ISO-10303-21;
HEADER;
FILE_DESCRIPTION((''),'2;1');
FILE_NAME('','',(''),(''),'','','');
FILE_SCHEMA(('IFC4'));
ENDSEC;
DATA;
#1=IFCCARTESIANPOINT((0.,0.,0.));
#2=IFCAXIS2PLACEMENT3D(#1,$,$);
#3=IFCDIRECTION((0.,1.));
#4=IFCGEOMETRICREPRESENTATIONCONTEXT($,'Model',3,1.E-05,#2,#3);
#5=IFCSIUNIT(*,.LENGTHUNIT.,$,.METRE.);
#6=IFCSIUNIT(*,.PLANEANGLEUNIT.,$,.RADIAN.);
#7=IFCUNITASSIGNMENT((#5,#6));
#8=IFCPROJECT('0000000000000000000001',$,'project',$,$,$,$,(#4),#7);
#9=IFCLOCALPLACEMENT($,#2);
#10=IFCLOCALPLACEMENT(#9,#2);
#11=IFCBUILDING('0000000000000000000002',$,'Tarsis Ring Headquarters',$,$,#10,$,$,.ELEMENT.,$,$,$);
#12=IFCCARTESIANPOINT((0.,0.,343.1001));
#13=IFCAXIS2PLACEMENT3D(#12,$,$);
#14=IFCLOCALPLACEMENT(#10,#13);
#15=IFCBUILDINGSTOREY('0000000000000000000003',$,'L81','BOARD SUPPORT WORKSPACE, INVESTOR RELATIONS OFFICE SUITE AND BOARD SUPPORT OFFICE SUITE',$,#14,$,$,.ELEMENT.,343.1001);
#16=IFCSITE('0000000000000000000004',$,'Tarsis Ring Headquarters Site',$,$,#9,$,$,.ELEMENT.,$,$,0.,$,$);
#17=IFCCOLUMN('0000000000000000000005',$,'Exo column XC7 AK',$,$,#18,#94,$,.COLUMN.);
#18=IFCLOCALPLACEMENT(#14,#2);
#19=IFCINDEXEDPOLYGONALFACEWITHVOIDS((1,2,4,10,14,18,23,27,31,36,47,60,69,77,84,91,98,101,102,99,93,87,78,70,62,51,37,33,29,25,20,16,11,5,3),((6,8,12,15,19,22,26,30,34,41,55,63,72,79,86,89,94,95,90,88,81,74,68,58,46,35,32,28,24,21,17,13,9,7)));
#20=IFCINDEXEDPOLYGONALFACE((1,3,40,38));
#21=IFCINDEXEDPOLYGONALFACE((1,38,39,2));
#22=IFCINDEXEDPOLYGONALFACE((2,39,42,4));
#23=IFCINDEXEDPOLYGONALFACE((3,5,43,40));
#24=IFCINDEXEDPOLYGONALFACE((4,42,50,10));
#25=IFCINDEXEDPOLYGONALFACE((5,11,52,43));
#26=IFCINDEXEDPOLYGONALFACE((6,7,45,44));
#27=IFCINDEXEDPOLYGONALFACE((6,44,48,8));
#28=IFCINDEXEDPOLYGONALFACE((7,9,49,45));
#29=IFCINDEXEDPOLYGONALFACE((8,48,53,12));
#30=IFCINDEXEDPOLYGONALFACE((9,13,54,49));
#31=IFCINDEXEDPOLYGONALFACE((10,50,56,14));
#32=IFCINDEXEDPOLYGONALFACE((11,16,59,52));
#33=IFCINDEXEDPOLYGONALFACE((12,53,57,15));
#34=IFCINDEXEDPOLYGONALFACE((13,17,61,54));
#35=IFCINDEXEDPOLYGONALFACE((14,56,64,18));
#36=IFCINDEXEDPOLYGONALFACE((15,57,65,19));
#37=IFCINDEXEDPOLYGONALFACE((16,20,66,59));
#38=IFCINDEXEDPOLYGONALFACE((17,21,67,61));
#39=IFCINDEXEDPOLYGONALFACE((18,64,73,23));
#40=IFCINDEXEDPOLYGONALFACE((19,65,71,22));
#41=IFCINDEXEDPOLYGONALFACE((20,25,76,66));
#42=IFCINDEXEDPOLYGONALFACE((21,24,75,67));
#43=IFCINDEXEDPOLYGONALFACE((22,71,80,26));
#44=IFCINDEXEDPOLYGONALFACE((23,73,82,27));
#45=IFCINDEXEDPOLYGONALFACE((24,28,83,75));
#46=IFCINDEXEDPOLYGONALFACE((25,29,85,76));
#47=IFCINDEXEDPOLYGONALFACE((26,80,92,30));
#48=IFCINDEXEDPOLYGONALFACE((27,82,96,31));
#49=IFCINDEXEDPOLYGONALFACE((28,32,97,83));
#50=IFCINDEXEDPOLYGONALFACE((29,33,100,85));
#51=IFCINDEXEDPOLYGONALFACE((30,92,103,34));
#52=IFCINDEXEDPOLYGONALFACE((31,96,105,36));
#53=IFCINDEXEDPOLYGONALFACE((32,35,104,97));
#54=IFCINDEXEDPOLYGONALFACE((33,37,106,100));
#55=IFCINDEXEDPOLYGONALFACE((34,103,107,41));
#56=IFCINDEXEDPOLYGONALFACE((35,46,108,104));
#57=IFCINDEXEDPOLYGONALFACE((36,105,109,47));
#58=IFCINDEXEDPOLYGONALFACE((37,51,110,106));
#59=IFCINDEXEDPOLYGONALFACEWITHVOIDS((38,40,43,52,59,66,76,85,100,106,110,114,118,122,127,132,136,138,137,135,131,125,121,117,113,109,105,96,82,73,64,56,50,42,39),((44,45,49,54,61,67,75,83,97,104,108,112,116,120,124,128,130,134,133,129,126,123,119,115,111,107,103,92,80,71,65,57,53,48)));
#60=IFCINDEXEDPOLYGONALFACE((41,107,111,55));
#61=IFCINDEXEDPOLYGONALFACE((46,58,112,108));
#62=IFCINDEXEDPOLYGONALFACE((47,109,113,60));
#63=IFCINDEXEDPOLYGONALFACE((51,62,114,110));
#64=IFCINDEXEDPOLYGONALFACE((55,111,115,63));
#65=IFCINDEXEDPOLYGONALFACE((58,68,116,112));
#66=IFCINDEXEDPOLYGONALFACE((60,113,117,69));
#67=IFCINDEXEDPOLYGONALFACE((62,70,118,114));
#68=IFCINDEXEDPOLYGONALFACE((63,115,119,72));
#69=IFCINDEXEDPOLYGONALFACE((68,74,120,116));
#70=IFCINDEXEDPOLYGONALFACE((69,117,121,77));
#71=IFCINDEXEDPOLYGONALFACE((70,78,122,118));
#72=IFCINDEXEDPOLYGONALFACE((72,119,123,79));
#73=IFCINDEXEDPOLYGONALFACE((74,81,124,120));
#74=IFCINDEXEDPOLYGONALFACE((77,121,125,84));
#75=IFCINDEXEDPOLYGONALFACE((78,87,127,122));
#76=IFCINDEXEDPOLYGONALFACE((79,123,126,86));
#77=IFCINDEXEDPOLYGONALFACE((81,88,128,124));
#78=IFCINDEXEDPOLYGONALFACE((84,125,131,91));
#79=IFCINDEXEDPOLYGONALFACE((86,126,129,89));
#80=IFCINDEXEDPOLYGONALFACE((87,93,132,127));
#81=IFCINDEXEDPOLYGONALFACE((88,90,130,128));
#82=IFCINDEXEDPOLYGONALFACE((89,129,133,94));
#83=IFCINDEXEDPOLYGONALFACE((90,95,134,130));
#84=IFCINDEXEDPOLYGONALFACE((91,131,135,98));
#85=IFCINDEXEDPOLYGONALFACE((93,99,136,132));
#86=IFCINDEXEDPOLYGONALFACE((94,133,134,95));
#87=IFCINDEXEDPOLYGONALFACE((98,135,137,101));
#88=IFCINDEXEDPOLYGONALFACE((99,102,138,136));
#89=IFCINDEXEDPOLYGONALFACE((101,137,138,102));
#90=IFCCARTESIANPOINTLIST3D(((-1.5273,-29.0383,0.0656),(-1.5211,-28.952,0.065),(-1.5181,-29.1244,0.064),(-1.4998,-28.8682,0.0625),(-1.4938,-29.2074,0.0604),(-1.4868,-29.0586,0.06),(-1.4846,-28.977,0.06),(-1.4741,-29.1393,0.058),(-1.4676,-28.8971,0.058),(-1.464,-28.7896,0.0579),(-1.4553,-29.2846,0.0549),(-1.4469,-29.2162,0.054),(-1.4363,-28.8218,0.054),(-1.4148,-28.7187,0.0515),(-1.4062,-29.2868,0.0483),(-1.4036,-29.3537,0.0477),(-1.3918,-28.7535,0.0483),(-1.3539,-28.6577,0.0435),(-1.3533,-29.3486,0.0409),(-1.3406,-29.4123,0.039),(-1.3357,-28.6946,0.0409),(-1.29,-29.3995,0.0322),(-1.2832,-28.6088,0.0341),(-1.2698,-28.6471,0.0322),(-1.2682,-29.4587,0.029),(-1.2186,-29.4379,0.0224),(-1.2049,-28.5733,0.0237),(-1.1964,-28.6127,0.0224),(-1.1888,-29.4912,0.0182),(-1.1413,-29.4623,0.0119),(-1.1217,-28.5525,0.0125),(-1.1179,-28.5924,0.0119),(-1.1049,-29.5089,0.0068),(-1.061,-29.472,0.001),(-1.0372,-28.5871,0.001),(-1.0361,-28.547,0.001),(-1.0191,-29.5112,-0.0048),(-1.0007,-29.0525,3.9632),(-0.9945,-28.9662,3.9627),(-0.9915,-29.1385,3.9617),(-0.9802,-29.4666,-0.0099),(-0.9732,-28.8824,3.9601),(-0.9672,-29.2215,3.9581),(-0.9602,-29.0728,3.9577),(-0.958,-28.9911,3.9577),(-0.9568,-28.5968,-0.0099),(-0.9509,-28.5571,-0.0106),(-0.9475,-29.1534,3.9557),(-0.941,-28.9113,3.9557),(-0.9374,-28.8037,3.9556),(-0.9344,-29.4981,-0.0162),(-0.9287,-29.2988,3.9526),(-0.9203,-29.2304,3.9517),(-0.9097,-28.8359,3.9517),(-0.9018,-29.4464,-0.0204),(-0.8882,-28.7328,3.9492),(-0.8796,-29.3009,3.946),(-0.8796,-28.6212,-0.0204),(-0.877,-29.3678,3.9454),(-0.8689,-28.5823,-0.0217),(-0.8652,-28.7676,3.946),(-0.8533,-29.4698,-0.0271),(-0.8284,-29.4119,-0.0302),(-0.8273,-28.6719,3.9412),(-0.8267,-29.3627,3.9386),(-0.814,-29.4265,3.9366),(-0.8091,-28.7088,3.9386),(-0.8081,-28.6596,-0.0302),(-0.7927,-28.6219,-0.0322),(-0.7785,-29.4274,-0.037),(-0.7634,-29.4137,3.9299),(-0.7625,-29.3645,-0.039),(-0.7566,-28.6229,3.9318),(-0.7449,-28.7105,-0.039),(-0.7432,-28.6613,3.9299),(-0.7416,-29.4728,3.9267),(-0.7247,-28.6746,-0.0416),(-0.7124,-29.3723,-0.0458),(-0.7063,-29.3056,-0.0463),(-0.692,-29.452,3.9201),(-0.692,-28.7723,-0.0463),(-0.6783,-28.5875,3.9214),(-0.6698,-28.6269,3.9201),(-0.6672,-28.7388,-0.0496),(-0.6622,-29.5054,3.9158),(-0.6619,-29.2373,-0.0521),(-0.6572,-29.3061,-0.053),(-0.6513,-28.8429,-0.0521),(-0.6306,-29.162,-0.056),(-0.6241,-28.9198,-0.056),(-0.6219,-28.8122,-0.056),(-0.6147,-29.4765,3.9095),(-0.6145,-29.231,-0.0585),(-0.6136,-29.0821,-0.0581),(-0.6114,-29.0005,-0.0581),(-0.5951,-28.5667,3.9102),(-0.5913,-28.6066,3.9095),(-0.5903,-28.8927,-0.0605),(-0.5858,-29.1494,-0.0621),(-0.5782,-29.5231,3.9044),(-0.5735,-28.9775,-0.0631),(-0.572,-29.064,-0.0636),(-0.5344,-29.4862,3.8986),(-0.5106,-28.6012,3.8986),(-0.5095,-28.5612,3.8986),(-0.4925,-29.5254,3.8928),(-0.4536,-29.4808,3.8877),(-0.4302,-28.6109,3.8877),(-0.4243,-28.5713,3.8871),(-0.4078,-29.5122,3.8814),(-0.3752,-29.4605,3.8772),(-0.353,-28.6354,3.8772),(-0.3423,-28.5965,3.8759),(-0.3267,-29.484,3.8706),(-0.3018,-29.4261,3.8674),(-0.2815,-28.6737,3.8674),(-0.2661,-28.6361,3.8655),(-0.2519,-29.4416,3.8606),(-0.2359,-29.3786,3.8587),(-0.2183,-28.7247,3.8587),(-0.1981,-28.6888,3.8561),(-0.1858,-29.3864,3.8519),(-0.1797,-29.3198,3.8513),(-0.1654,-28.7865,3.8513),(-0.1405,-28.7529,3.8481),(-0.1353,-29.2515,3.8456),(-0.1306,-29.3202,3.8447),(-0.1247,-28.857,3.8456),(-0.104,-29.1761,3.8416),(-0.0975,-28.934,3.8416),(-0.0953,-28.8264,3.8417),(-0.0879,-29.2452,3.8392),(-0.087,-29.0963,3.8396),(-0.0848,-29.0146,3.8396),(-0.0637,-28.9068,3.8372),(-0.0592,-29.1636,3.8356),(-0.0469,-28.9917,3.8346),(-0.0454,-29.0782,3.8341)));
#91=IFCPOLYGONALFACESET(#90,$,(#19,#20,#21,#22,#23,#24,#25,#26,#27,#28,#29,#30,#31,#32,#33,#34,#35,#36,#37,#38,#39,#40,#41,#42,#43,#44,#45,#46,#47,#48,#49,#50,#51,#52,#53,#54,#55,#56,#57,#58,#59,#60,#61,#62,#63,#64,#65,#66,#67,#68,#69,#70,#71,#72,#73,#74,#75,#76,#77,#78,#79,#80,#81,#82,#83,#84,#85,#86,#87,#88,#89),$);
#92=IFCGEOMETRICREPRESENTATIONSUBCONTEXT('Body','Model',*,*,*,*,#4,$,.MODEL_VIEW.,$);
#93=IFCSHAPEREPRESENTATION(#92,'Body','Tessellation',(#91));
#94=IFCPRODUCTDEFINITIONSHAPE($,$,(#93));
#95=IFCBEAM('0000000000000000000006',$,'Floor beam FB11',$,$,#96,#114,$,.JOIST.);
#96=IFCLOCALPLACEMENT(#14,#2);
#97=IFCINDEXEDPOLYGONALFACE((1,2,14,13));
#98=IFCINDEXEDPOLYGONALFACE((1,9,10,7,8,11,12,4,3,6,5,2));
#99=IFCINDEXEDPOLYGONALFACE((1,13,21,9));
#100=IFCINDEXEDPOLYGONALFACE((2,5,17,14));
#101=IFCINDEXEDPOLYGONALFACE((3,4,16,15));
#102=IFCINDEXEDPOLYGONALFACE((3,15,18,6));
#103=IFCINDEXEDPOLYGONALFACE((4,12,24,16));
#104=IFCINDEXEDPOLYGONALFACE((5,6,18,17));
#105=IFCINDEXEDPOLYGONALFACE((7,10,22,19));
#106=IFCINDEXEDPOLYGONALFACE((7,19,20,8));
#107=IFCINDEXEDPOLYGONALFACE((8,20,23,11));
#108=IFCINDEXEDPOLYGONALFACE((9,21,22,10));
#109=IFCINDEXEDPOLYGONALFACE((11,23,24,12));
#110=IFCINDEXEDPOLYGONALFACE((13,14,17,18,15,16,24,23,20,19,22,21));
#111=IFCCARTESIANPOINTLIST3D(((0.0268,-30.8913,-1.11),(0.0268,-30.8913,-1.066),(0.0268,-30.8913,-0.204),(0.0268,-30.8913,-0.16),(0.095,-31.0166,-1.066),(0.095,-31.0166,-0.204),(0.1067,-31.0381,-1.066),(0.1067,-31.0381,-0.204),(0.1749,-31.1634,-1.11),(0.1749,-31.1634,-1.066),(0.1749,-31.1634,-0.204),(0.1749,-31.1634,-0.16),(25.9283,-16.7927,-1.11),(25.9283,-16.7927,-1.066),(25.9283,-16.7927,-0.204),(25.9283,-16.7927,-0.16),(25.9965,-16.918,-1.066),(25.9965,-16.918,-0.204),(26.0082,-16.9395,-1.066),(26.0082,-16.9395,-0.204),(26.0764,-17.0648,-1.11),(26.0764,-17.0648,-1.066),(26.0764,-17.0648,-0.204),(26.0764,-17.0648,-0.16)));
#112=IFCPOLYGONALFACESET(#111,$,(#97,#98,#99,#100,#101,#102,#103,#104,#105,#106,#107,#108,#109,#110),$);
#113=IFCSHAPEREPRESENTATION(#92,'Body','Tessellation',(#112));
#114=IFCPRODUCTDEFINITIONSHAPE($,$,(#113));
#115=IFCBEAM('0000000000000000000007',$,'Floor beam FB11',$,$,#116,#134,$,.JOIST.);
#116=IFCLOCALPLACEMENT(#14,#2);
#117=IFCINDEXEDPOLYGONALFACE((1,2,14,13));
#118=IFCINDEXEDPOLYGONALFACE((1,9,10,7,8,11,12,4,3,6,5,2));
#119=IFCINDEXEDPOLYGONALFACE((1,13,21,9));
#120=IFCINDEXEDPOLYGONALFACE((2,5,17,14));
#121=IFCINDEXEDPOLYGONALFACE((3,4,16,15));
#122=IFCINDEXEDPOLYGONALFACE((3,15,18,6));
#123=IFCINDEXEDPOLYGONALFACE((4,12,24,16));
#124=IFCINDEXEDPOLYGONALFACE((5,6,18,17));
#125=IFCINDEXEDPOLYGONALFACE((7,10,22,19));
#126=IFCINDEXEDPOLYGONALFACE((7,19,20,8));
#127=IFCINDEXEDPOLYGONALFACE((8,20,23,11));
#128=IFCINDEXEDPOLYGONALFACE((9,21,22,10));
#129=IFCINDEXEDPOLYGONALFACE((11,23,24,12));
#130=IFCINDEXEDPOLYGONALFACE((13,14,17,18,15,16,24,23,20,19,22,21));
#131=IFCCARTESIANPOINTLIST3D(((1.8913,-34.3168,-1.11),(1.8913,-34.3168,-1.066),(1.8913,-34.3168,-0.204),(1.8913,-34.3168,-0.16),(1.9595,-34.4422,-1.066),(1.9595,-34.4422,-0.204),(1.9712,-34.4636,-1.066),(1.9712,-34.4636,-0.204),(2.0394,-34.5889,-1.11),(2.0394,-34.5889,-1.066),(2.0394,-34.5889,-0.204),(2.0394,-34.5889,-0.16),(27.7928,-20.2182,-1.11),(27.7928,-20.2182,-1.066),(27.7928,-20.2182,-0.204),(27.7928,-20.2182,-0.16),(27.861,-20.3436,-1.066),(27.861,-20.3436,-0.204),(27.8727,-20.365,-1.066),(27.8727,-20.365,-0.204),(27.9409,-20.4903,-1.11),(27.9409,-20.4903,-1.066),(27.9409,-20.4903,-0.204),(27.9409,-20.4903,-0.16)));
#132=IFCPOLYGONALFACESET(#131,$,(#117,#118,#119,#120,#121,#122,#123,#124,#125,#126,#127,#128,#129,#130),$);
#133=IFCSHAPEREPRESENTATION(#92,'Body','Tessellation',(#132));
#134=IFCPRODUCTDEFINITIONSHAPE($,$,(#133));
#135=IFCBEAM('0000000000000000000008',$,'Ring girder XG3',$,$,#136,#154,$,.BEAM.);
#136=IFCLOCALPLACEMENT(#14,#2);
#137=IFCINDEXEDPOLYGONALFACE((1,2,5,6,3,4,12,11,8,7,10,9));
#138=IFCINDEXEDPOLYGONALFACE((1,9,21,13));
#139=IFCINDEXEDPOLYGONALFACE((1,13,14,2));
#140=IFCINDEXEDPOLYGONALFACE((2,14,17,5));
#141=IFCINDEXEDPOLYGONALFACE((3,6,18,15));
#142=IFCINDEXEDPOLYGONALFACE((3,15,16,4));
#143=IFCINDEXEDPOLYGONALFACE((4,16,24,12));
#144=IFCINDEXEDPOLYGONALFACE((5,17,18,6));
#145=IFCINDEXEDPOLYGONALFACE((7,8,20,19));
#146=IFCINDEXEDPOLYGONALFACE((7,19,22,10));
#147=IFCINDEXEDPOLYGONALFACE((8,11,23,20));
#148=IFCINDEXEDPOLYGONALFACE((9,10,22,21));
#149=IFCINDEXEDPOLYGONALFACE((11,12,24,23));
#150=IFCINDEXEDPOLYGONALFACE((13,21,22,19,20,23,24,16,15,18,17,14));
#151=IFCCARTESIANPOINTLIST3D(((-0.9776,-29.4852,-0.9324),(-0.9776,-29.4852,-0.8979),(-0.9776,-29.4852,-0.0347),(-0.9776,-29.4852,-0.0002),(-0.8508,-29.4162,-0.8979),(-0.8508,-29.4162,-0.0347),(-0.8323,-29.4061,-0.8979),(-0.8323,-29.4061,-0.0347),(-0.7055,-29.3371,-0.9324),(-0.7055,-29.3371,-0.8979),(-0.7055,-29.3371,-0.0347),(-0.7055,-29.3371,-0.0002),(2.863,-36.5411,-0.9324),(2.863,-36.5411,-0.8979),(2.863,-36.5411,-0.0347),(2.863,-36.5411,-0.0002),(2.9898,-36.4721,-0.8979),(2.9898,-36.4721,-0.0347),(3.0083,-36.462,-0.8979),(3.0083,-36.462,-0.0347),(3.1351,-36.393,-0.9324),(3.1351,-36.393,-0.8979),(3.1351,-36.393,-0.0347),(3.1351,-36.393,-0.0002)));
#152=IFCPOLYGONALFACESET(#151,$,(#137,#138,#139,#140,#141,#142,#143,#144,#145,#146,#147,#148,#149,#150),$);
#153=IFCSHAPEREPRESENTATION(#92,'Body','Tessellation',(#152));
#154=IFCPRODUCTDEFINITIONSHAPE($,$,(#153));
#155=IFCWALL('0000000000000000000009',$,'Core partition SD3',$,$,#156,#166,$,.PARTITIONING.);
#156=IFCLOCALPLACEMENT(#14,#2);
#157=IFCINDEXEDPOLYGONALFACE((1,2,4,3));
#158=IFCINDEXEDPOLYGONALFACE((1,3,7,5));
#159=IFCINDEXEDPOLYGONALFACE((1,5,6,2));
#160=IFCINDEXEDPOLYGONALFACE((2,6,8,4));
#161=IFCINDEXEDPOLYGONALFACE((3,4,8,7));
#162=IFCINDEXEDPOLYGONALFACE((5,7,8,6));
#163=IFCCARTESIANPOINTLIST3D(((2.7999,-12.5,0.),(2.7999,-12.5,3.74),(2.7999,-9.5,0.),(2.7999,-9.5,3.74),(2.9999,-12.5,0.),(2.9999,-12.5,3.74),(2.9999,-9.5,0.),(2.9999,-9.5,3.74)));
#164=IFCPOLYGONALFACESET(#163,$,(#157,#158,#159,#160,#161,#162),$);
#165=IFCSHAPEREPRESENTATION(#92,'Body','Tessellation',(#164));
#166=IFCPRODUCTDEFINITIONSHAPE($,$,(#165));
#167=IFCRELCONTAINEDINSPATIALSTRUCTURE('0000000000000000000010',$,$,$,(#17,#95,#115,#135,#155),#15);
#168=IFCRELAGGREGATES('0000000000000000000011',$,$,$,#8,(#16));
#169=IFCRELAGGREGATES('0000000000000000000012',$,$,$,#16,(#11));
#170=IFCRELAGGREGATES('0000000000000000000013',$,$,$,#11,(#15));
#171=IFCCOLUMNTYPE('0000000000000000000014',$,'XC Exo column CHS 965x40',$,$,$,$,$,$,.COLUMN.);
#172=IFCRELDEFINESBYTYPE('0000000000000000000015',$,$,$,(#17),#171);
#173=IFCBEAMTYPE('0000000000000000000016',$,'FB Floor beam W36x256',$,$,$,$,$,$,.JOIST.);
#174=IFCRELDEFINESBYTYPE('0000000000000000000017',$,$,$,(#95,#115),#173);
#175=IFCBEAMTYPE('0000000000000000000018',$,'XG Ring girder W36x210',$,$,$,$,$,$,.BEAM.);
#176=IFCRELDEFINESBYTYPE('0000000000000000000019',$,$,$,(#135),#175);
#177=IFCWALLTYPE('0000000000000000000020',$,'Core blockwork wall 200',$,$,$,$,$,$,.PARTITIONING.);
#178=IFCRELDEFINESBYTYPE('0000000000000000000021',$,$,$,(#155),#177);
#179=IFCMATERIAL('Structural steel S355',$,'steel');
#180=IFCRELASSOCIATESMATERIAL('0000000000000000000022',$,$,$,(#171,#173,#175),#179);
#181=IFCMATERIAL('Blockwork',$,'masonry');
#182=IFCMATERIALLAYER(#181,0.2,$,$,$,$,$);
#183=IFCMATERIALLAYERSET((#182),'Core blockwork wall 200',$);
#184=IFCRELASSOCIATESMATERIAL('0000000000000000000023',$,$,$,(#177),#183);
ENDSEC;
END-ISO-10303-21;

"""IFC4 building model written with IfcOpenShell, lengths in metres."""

from ifc_helpers import new_model, si_unit, direction, frame, frame_2d, origin, origin_2d, place, context, subcontext, project, spatial, rectangle, hollow_circle, i_section, extrude, material, layer, layer_set, material_profile, profile_set, type_object, element, save


model = new_model("IFC4")

# Units and contexts
model_context = context("Model", 3, precision=1e-05, world=origin(), true_north=direction((0.0, 1.0)))
body_context = subcontext(model_context, "Body", "Model", "MODEL_VIEW")
ifc_project = project(units=[si_unit("LENGTHUNIT", "METRE"), si_unit("PLANEANGLEUNIT", "RADIAN")], contexts=[model_context])

# Site, building, storey
site_placement = place(None, origin())
site = spatial("IfcSite", under=ifc_project, at=site_placement, Name="Tarsis Ring Headquarters Site", CompositionType="ELEMENT", RefElevation=0.0)
building_placement = place(site_placement, origin())
building = spatial("IfcBuilding", under=site, at=building_placement, Name="Tarsis Ring Headquarters", CompositionType="ELEMENT")
storey_placement = place(building_placement, frame((0.0, 0.0, 343.1001)))
storey = spatial("IfcBuildingStorey", under=building, at=storey_placement, Name="L81", Description="BOARD SUPPORT WORKSPACE, INVESTOR RELATIONS OFFICE SUITE AND BOARD SUPPORT OFFICE SUITE", CompositionType="ELEMENT", Elevation=343.1001)

# Column
ifc_material_1 = material(Name="Structural steel S355", Category="steel")
ifc_material_profile_1 = material_profile(ifc_material_1, hollow_circle(Radius=0.4827, WallThickness=0.04, at=origin_2d()), Name="CHS 965x40")
ifc_profile_set_1 = profile_set([ifc_material_profile_1], Name="Structural steel S355")
column_type = type_object("IfcColumnType", Name="XC Exo column CHS 965x40", PredefinedType="COLUMN", material=ifc_profile_set_1)
column_placement = place(storey_placement, frame((-1.0491, -29.0295, 0.001), z_axis=(0.133891, -0.0036, 0.99099), x_axis=(0.026879, 0.999639, 0.0)))
element("IfcColumn", 1, at=column_placement, inside=storey, type_object=column_type, Name="Exo column XC7 AK", PredefinedType="COLUMN", context=body_context, shape_type="SweptSolid", body=[
    extrude(hollow_circle(Radius=0.4827, WallThickness=0.04, at=origin_2d()), origin(), (0.0, 0.0, 1.0), 3.9331),
])

# Beams
ifc_material_profile_2 = material_profile(ifc_material_1, i_section(OverallWidth=0.3098, OverallDepth=0.95, WebThickness=0.0244, FlangeThickness=0.0439, at=origin_2d()), Name="W36x256")
ifc_profile_set_2 = profile_set([ifc_material_profile_2], Name="Structural steel S355")
beam_type_1 = type_object("IfcBeamType", Name="FB Floor beam W36x256", PredefinedType="JOIST", material=ifc_profile_set_2)
for number, where, z_axis, x_axis, name in (
    (2, (0.1008, -31.0273, -0.635), (0.878316, 0.47808, 0.0), (-0.47808, 0.878316, 0.0), "Floor beam FB11"),
    (3, (1.9653, -34.4529, -0.635), (0.878316, 0.47808, 0.0), (-0.47808, 0.878316, 0.0), "Floor beam FB11"),
):
    element("IfcBeam", number, at=place(storey_placement, frame(where, z_axis=z_axis, x_axis=x_axis)), inside=storey, type_object=beam_type_1, Name=name, PredefinedType="JOIST", context=body_context, shape_type="SweptSolid", body=[
        extrude(i_section(OverallWidth=0.3098, OverallDepth=0.95, WebThickness=0.0244, FlangeThickness=0.0439, at=origin_2d()), origin(), (0.0, 0.0, 1.0), 29.49),
    ])
ifc_material_profile_3 = material_profile(ifc_material_1, i_section(OverallWidth=0.3098, OverallDepth=0.9321, WebThickness=0.021, FlangeThickness=0.0344, at=origin_2d()), Name="W36x210")
ifc_profile_set_3 = profile_set([ifc_material_profile_3], Name="Structural steel S355")
beam_type_2 = type_object("IfcBeamType", Name="XG Ring girder W36x210", PredefinedType="BEAM", material=ifc_profile_set_3)
beam_placement = place(storey_placement, frame((-0.8416, -29.4111, -0.4663), z_axis=(0.478075, -0.878319, 0.0), x_axis=(0.878319, 0.478075, 0.0)))
element("IfcBeam", 4, at=beam_placement, inside=storey, type_object=beam_type_2, Name="Ring girder XG3", PredefinedType="BEAM", context=body_context, shape_type="SweptSolid", body=[
    extrude(i_section(OverallWidth=0.3098, OverallDepth=0.9321, WebThickness=0.021, FlangeThickness=0.0344, at=origin_2d()), origin(), (0.0, 0.0, 1.0), 8.0334),
])

# Wall
ifc_material_2 = material(Name="Blockwork", Category="masonry")
ifc_layer_1 = layer(ifc_material_2, 0.2)
ifc_layer_set_1 = layer_set([ifc_layer_1], Name="Core blockwork wall 200")
wall_type_1 = type_object("IfcWallType", Name="Core blockwork wall 200", PredefinedType="PARTITIONING", material=ifc_layer_set_1)
wall_1_placement = place(storey_placement, frame((2.8999, -12.5, 0.0), z_axis=(0.0, 0.0, 1.0), x_axis=(0.0, 1.0, 0.0)))
element("IfcWall", 5, at=wall_1_placement, inside=storey, type_object=wall_type_1, Name="Core partition SD3", PredefinedType="PARTITIONING", context=body_context, shape_type="SweptSolid", body=[
    extrude(rectangle(XDim=3.0, YDim=0.2, at=frame_2d((1.5, 0.0))), origin(), (0.0, 0.0, 1.0), 3.74),
])

save(model, "model.ifc")
